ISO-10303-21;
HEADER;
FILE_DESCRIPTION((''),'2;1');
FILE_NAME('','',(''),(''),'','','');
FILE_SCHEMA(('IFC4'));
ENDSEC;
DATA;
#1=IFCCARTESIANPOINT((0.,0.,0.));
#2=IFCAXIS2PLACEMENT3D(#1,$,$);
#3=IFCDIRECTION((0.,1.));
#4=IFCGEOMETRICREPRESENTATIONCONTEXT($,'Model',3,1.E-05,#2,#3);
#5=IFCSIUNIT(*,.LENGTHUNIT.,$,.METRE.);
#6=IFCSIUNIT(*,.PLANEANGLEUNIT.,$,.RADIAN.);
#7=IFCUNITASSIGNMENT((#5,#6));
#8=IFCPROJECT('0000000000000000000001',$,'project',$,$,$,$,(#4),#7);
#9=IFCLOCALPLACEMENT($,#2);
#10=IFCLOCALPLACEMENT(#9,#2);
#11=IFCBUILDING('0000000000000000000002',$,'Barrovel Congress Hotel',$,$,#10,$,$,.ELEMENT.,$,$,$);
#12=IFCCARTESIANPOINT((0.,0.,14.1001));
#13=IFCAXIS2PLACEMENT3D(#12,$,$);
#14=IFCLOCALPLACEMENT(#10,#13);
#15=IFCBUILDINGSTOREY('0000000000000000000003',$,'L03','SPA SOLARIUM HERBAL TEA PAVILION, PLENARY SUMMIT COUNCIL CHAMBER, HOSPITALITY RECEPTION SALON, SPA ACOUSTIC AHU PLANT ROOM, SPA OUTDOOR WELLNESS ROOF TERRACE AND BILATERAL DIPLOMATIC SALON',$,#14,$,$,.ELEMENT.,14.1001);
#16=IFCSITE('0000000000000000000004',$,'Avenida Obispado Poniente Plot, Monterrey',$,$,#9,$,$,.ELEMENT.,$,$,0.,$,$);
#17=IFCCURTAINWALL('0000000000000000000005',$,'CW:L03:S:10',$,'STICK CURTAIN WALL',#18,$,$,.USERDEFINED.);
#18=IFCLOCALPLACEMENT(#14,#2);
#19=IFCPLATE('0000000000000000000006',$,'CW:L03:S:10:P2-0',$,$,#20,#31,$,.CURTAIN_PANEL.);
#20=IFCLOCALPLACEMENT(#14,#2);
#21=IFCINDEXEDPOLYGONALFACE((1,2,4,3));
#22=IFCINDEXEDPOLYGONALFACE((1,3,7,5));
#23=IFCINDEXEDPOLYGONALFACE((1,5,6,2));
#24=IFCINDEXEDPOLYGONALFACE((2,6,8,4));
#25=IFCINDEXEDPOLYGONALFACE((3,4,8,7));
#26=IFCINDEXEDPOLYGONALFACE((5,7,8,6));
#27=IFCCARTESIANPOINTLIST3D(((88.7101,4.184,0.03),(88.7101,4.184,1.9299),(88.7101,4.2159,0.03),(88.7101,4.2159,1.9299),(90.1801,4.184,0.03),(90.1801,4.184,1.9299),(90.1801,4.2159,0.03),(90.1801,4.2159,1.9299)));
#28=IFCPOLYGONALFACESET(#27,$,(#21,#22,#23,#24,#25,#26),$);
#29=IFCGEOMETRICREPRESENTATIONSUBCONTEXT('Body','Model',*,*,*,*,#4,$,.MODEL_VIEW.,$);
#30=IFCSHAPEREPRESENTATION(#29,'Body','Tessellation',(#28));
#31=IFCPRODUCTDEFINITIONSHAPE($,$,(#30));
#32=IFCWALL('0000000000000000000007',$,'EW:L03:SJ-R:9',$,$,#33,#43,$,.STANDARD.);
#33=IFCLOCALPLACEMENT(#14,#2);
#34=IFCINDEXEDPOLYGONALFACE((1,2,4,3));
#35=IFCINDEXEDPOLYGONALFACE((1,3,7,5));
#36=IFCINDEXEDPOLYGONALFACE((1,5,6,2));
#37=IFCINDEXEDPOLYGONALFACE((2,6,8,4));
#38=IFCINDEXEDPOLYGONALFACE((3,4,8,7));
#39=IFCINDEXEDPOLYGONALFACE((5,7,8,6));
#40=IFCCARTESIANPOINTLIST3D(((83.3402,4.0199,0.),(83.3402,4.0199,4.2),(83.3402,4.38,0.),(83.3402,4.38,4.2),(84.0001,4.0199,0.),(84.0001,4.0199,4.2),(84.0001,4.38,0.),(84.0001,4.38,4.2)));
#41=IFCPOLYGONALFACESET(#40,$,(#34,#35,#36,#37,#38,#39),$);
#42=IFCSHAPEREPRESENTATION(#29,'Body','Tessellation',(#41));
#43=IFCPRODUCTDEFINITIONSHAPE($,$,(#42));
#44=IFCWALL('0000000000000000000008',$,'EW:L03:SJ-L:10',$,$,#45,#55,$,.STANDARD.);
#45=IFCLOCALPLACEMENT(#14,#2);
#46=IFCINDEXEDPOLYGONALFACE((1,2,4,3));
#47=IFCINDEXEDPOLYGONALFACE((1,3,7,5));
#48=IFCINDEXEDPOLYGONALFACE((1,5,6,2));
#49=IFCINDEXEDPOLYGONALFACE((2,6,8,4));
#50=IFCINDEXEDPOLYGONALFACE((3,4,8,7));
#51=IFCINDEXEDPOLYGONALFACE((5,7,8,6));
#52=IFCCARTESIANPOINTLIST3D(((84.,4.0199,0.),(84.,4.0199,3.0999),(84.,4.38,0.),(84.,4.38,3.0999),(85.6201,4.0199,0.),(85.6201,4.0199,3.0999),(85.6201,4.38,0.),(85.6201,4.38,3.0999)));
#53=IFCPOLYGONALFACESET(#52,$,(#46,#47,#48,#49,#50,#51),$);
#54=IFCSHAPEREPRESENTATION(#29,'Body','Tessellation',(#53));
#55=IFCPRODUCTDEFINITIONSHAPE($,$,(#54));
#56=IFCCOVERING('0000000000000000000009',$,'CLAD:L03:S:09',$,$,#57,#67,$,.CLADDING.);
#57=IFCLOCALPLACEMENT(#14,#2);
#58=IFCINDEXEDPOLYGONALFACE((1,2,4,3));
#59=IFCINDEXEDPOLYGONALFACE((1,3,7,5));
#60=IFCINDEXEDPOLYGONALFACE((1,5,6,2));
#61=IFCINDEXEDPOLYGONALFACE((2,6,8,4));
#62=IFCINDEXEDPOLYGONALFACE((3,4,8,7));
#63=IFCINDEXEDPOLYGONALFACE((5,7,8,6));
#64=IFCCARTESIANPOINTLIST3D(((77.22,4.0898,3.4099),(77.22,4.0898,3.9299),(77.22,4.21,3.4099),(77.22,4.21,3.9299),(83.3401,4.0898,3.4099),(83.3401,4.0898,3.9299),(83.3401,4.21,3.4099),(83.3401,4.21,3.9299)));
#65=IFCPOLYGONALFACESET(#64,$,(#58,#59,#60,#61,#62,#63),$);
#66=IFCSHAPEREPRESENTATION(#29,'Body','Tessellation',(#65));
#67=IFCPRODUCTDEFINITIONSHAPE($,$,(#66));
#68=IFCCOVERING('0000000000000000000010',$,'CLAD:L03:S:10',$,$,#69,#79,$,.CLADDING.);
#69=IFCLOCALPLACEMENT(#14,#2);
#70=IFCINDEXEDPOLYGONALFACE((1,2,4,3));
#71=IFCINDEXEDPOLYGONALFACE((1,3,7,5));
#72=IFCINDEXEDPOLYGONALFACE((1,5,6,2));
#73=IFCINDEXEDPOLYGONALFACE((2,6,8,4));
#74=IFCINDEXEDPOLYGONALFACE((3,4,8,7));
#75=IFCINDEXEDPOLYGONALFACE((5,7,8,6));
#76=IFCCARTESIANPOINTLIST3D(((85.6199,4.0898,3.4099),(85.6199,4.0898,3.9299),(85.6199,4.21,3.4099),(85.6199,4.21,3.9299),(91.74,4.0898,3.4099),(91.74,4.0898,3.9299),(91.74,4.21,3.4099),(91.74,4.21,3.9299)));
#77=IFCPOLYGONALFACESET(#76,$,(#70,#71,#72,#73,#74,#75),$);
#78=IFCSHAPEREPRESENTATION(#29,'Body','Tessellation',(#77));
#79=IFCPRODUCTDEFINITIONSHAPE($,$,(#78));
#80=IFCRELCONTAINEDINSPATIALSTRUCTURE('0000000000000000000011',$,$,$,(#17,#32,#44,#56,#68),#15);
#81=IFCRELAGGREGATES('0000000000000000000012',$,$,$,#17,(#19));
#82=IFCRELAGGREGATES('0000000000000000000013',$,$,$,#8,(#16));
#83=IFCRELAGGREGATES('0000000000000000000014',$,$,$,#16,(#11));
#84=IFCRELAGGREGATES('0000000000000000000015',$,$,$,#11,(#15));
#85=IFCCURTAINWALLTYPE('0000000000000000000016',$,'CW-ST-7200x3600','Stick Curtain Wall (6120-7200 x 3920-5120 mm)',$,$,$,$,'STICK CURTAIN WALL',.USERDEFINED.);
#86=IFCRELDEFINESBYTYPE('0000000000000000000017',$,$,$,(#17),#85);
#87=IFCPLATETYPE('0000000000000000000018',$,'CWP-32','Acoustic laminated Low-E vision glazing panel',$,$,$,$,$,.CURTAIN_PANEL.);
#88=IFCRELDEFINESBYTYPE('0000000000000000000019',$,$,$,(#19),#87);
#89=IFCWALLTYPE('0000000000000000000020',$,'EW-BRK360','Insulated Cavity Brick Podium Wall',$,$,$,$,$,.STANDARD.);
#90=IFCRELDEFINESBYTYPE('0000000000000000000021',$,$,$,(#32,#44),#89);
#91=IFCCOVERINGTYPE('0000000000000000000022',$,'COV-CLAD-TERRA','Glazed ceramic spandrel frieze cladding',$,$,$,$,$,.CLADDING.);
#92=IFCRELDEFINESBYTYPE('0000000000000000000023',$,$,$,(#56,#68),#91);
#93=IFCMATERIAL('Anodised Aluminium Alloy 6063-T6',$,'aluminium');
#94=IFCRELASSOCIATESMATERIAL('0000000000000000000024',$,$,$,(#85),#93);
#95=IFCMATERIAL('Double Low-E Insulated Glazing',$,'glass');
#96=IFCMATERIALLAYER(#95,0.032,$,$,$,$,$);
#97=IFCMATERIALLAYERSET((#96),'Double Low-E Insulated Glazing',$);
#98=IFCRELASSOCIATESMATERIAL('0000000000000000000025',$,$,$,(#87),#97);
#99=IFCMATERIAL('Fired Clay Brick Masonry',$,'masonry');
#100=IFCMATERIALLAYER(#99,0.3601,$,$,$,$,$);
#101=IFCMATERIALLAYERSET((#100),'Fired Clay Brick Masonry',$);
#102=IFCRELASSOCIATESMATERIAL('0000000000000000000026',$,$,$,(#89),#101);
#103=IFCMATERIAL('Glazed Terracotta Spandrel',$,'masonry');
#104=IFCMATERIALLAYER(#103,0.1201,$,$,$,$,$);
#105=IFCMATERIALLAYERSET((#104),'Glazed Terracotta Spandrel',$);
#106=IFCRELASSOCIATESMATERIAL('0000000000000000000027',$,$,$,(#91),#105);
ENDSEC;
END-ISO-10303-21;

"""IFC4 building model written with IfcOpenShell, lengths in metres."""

from ifc_helpers import new_model, si_unit, direction, frame, frame_2d, origin, origin_2d, place, context, subcontext, project, spatial, rectangle, extrude, material, layer, layer_set, type_object, element, aggregate, save


model = new_model("IFC4")

# Units and contexts
model_context = context("Model", 3, precision=1e-05, world=origin(), true_north=direction((0.0, 1.0)))
body_context = subcontext(model_context, "Body", "Model", "MODEL_VIEW")
ifc_project = project(units=[si_unit("LENGTHUNIT", "METRE"), si_unit("PLANEANGLEUNIT", "RADIAN")], contexts=[model_context])

# Site, building, storey
site_placement = place(None, origin())
site = spatial("IfcSite", under=ifc_project, at=site_placement, Name="Avenida Obispado Poniente Plot, Monterrey", CompositionType="ELEMENT", RefElevation=0.0)
building_placement = place(site_placement, origin())
building = spatial("IfcBuilding", under=site, at=building_placement, Name="Barrovel Congress Hotel", CompositionType="ELEMENT")
storey_placement = place(building_placement, frame((0.0, 0.0, 14.1001)))
storey = spatial("IfcBuildingStorey", under=building, at=storey_placement, Name="L03", Description="SPA SOLARIUM HERBAL TEA PAVILION, PLENARY SUMMIT COUNCIL CHAMBER, HOSPITALITY RECEPTION SALON, SPA ACOUSTIC AHU PLANT ROOM, SPA OUTDOOR WELLNESS ROOF TERRACE AND BILATERAL DIPLOMATIC SALON", CompositionType="ELEMENT", Elevation=14.1001)

# Curtain wall
ifc_material_1 = material(Name="Anodised Aluminium Alloy 6063-T6", Category="aluminium")
curtain_wall_type = type_object("IfcCurtainWallType", Name="CW-ST-7200x3600", Description="Stick Curtain Wall (6120-7200 x 3920-5120 mm)", ElementType="STICK CURTAIN WALL", PredefinedType="USERDEFINED", material=ifc_material_1)
curtain_wall_1_placement = place(storey_placement, origin())
curtain_wall_1 = element("IfcCurtainWall", 1, at=curtain_wall_1_placement, inside=storey, type_object=curtain_wall_type, Name="CW:L03:S:10", ObjectType="STICK CURTAIN WALL", PredefinedType="USERDEFINED")

# Plate
ifc_material_2 = material(Name="Double Low-E Insulated Glazing", Category="glass")
ifc_layer_1 = layer(ifc_material_2, 0.032)
ifc_layer_set_1 = layer_set([ifc_layer_1], Name="Double Low-E Insulated Glazing")
plate_type_1 = type_object("IfcPlateType", Name="CWP-32", Description="Acoustic laminated Low-E vision glazing panel", PredefinedType="CURTAIN_PANEL", material=ifc_layer_set_1)
plate_1_placement = place(storey_placement, frame((89.4451, 4.2, 0.03), z_axis=(0.0, 0.0, 1.0), x_axis=(1.0, 0.0, 0.0)))
plate_1 = element("IfcPlate", 2, at=plate_1_placement, type_object=plate_type_1, Name="CW:L03:S:10:P2-0", PredefinedType="CURTAIN_PANEL", context=body_context, shape_type="SweptSolid", body=[
    extrude(rectangle(XDim=1.47, YDim=0.032, at=origin_2d()), origin(), (0.0, 0.0, 1.0), 1.8999),
])
aggregate(curtain_wall_1, [plate_1])

# Walls
ifc_material_3 = material(Name="Fired Clay Brick Masonry", Category="masonry")
ifc_layer_2 = layer(ifc_material_3, 0.3601)
ifc_layer_set_2 = layer_set([ifc_layer_2], Name="Fired Clay Brick Masonry")
wall_type = type_object("IfcWallType", Name="EW-BRK360", Description="Insulated Cavity Brick Podium Wall", PredefinedType="STANDARD", material=ifc_layer_set_2)
wall_1_placement = place(storey_placement, frame((83.3401, 4.2, 0.0), z_axis=(0.0, 0.0, 1.0), x_axis=(1.0, 0.0, 0.0)))
element("IfcWall", 3, at=wall_1_placement, inside=storey, type_object=wall_type, Name="EW:L03:SJ-R:9", PredefinedType="STANDARD", context=body_context, shape_type="SweptSolid", body=[
    extrude(rectangle(XDim=0.6599, YDim=0.3601, at=frame_2d((0.3301, 0.0))), origin(), (0.0, 0.0, 1.0), 4.2),
])
wall_2_placement = place(storey_placement, frame((84.0, 4.2, 0.0), z_axis=(0.0, 0.0, 1.0), x_axis=(1.0, 0.0, 0.0)))
element("IfcWall", 4, at=wall_2_placement, inside=storey, type_object=wall_type, Name="EW:L03:SJ-L:10", PredefinedType="STANDARD", context=body_context, shape_type="SweptSolid", body=[
    extrude(rectangle(XDim=1.6201, YDim=0.3601, at=frame_2d((0.8101, 0.0))), origin(), (0.0, 0.0, 1.0), 3.0999),
])

# Coverings
ifc_material_4 = material(Name="Glazed Terracotta Spandrel", Category="masonry")
ifc_layer_3 = layer(ifc_material_4, 0.1201)
ifc_layer_set_3 = layer_set([ifc_layer_3], Name="Glazed Terracotta Spandrel")
covering_type = type_object("IfcCoveringType", Name="COV-CLAD-TERRA", Description="Glazed ceramic spandrel frieze cladding", PredefinedType="CLADDING", material=ifc_layer_set_3)
for number, where, z_axis, x_axis, name in (
    (5, (80.28, 4.1499, 3.4099), (0.0, 0.0, 1.0), (1.0, 0.0, 0.0), "CLAD:L03:S:09"),
    (6, (88.6799, 4.1499, 3.4099), (0.0, 0.0, 1.0), (1.0, 0.0, 0.0), "CLAD:L03:S:10"),
):
    element("IfcCovering", number, at=place(storey_placement, frame(where, z_axis=z_axis, x_axis=x_axis)), inside=storey, type_object=covering_type, Name=name, PredefinedType="CLADDING", context=body_context, shape_type="SweptSolid", body=[
        extrude(rectangle(XDim=6.1201, YDim=0.1201, at=origin_2d()), origin(), (0.0, 0.0, 1.0), 0.52),
    ])

save(model, "model.ifc")
